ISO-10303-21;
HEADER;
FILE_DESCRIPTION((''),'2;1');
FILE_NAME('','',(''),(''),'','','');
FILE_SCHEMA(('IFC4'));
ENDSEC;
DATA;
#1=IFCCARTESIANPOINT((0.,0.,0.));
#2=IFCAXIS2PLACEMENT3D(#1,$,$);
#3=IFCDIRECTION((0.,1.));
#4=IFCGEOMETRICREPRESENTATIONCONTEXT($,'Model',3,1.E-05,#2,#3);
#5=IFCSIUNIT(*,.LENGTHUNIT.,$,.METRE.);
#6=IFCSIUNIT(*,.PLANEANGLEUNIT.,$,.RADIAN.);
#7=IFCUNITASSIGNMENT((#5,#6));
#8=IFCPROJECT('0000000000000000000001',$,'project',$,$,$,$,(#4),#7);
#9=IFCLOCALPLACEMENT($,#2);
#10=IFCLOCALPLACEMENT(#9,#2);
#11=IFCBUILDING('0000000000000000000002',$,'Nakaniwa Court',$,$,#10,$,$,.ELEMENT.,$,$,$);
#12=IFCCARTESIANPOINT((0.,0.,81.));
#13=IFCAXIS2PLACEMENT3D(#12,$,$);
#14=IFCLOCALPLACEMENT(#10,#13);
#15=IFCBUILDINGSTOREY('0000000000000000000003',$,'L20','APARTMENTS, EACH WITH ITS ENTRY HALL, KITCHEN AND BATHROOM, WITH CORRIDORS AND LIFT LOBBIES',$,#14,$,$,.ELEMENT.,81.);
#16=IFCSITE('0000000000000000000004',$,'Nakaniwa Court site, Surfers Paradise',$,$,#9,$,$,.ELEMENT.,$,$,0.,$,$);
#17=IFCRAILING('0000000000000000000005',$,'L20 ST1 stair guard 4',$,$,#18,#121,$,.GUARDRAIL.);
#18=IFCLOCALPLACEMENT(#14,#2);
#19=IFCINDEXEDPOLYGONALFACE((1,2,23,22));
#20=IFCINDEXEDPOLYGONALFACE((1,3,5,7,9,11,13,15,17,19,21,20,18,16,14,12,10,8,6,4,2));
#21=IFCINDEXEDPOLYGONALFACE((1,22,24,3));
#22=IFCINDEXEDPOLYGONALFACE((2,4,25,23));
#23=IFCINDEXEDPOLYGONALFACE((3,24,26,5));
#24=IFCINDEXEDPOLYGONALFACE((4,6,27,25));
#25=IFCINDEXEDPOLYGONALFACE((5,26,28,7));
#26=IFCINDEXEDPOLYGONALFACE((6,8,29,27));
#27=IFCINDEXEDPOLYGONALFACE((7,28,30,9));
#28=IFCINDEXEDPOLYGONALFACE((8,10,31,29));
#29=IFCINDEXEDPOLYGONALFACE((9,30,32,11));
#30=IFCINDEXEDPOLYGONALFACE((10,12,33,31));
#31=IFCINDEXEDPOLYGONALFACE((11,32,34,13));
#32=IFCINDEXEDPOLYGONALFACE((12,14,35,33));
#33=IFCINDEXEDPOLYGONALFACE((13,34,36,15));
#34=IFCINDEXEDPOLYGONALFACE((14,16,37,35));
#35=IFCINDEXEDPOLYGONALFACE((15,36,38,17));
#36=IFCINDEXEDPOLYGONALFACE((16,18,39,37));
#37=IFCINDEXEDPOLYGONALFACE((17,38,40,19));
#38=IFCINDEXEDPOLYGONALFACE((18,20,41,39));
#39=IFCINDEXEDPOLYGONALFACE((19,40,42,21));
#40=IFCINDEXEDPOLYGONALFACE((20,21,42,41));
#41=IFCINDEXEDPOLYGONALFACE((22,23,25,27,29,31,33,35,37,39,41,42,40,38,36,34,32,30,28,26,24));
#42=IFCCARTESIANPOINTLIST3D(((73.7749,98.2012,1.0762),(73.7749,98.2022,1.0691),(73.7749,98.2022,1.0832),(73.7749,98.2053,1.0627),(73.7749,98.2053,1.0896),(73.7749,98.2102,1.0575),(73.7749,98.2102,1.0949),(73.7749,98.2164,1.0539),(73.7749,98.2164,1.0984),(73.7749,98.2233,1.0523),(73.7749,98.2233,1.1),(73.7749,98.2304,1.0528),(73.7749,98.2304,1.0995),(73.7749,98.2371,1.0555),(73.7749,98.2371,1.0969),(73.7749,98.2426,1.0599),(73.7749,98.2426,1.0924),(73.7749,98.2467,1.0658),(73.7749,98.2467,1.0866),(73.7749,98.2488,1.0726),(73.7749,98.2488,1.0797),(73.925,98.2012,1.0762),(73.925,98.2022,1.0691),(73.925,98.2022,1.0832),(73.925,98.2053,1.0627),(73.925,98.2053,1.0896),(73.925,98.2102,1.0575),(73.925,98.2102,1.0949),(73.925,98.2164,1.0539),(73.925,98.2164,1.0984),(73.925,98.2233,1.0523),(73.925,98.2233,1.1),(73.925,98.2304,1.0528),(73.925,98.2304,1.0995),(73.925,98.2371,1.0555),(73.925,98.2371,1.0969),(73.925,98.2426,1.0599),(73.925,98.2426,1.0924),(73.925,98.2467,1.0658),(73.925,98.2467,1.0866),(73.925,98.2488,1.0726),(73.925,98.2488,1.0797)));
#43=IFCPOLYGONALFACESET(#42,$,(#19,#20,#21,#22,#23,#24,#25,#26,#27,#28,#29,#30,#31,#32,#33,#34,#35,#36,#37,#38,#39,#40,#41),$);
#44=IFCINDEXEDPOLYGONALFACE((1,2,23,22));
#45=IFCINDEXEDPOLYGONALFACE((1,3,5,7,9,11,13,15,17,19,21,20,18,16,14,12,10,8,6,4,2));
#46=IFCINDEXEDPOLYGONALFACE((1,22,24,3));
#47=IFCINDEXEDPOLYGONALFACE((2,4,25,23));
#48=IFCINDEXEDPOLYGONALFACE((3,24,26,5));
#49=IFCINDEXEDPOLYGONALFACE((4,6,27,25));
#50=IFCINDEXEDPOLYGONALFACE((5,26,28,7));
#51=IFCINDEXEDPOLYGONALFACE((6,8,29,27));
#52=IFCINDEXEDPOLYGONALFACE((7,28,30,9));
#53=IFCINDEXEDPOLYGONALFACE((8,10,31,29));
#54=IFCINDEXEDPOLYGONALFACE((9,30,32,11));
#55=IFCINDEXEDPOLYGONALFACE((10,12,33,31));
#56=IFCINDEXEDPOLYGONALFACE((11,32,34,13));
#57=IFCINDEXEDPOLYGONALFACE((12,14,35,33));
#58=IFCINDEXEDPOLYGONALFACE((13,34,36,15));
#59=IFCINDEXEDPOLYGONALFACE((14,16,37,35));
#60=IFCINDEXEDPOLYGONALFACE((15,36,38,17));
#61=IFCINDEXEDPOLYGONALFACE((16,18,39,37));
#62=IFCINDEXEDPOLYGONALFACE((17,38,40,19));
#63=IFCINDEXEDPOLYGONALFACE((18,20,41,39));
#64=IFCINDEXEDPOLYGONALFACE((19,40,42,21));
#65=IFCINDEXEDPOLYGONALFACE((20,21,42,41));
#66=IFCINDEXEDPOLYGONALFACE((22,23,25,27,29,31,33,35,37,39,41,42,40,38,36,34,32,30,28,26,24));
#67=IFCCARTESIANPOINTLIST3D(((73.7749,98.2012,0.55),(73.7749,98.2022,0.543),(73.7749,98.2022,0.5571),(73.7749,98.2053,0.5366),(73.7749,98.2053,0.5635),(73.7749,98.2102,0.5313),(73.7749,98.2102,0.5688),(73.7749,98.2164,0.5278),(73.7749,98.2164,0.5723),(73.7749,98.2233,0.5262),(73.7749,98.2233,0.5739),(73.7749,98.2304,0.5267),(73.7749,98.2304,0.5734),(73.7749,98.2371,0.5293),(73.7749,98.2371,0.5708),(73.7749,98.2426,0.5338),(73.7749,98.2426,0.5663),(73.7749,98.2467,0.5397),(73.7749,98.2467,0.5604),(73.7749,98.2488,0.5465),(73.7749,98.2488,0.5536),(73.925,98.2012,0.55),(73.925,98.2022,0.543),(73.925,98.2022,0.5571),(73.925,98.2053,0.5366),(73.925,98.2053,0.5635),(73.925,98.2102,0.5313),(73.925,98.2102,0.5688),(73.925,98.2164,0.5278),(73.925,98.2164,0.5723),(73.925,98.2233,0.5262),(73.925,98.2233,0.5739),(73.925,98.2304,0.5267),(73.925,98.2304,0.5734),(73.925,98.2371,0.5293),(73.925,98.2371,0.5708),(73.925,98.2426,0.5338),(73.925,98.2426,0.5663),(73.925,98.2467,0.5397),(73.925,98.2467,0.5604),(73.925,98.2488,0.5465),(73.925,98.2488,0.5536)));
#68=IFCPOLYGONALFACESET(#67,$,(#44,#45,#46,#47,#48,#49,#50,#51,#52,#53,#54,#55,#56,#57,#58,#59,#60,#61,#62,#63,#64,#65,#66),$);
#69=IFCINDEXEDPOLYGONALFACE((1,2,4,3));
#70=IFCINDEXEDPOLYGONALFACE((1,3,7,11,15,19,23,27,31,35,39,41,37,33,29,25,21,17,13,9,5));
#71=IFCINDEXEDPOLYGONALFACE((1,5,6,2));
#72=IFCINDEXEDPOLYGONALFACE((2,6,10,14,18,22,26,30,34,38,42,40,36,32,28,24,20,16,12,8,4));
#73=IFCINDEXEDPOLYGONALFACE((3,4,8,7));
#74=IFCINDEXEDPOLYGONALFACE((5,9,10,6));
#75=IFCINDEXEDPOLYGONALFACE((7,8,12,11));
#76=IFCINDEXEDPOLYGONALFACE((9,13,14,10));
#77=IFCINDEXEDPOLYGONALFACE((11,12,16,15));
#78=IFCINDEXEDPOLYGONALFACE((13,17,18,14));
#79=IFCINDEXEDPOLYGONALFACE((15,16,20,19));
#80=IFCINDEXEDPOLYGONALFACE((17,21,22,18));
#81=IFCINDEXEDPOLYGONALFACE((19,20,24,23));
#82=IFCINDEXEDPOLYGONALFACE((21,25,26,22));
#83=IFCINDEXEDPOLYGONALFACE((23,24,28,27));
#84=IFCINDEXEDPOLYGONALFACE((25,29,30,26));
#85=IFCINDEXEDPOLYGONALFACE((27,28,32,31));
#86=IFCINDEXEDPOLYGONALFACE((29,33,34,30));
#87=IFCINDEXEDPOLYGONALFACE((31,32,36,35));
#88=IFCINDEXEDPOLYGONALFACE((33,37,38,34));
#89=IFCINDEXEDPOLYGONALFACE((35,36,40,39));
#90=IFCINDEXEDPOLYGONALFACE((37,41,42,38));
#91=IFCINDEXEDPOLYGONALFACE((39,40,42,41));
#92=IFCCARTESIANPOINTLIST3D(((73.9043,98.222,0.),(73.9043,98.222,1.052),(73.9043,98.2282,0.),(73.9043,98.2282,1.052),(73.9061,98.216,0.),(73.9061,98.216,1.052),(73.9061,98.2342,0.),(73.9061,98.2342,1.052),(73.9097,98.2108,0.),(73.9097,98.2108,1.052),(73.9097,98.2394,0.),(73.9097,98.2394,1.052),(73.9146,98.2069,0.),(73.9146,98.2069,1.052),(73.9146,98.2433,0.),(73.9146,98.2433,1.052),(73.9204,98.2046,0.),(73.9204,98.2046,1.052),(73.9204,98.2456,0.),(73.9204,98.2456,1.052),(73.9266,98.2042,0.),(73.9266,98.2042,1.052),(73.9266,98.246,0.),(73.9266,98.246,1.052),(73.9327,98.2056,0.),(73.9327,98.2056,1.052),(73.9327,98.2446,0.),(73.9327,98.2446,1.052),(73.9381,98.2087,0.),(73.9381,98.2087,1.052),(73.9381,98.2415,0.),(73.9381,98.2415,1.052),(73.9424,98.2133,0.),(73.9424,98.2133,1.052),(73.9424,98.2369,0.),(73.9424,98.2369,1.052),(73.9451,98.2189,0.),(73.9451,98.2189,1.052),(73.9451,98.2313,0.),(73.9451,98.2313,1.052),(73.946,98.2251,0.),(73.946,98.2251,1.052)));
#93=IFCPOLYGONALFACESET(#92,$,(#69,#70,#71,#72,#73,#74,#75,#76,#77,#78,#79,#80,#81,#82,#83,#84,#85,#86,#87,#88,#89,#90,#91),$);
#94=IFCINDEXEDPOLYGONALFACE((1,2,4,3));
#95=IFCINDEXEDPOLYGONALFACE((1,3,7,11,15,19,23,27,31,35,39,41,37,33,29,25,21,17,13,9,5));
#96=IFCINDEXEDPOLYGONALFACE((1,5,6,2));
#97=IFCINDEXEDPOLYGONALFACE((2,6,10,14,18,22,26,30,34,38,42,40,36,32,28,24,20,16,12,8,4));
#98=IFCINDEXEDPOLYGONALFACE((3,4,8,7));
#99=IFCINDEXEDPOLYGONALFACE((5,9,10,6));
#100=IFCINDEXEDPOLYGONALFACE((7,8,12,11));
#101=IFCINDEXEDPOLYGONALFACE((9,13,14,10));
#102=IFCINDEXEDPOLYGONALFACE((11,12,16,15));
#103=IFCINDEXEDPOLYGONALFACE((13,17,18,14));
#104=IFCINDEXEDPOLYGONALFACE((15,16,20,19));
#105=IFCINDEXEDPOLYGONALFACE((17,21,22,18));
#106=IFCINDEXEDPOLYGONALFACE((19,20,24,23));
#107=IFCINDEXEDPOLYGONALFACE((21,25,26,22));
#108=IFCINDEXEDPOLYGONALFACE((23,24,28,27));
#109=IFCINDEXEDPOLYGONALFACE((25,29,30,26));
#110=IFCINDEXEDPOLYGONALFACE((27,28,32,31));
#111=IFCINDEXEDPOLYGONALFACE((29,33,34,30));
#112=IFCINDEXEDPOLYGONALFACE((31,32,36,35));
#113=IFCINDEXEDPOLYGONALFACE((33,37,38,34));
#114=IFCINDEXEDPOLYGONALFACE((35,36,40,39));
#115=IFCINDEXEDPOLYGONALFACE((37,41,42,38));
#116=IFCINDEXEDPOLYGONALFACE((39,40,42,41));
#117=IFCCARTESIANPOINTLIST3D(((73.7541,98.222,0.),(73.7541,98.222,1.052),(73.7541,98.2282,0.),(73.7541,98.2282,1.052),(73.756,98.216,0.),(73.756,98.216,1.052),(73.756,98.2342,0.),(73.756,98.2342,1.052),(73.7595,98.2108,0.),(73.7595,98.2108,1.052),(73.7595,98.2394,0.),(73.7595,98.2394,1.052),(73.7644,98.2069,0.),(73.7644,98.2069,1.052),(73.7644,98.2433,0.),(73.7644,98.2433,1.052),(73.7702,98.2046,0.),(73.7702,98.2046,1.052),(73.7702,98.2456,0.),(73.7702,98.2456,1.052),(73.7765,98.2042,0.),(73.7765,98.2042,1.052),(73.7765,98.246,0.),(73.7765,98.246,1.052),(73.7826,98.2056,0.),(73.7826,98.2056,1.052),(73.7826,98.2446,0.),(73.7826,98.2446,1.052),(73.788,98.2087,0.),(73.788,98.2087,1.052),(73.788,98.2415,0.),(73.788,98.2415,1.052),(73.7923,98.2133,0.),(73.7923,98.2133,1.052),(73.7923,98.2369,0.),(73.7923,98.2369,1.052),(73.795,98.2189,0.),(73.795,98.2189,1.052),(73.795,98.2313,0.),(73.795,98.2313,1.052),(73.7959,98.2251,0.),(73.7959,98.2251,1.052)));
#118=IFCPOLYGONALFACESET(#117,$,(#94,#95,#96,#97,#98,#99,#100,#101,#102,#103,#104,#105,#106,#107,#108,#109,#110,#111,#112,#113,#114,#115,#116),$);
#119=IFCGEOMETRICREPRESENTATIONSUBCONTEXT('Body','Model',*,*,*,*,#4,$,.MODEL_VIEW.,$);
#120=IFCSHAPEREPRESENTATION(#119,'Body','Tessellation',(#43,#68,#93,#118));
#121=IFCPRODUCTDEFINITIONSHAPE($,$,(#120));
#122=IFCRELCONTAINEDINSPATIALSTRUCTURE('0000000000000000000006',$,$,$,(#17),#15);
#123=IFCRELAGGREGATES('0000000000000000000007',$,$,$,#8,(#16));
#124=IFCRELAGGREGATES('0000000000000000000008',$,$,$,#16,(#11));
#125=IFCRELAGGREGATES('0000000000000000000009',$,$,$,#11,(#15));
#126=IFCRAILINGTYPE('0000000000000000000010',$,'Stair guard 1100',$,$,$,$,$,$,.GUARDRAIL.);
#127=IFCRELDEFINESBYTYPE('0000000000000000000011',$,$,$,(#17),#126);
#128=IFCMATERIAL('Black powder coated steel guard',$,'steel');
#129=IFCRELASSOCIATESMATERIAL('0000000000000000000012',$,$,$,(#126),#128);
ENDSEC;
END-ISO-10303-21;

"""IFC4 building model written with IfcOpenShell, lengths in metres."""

from ifc_helpers import new_model, si_unit, direction, frame, origin, origin_2d, place, context, subcontext, project, spatial, circle, extrude, material, type_object, element, save


model = new_model("IFC4")

# Units and contexts
model_context = context("Model", 3, precision=1e-05, world=origin(), true_north=direction((0.0, 1.0)))
body_context = subcontext(model_context, "Body", "Model", "MODEL_VIEW")
ifc_project = project(units=[si_unit("LENGTHUNIT", "METRE"), si_unit("PLANEANGLEUNIT", "RADIAN")], contexts=[model_context])

# Site, building, storey
site_placement = place(None, origin())
site = spatial("IfcSite", under=ifc_project, at=site_placement, Name="Nakaniwa Court site, Surfers Paradise", CompositionType="ELEMENT", RefElevation=0.0)
building_placement = place(site_placement, origin())
building = spatial("IfcBuilding", under=site, at=building_placement, Name="Nakaniwa Court", CompositionType="ELEMENT")
storey_placement = place(building_placement, frame((0.0, 0.0, 81.0)))
storey = spatial("IfcBuildingStorey", under=building, at=storey_placement, Name="L20", Description="APARTMENTS, EACH WITH ITS ENTRY HALL, KITCHEN AND BATHROOM, WITH CORRIDORS AND LIFT LOBBIES", CompositionType="ELEMENT", Elevation=81.0)

# Railing
ifc_material_1 = material(Name="Black powder coated steel guard", Category="steel")
railing_type_1 = type_object("IfcRailingType", Name="Stair guard 1100", PredefinedType="GUARDRAIL", material=ifc_material_1)
railing_1_placement = place(storey_placement, frame((73.925, 98.2251, 0.0)))
element("IfcRailing", 1, at=railing_1_placement, inside=storey, type_object=railing_type_1, Name="L20 ST1 stair guard 4", PredefinedType="GUARDRAIL", context=body_context, shape_type="SweptSolid", body=[
    extrude(circle(Radius=0.0239, at=origin_2d()), frame((0.0, 0.0, 1.0762), z_axis=(-1.0, 0.0, 0.0), x_axis=(0.0, -1.0, 0.0)), (0.0, 0.0, 1.0), 0.1501),
    extrude(circle(Radius=0.0239, at=origin_2d()), frame((0.0, 0.0, 0.55), z_axis=(-1.0, 0.0, 0.0), x_axis=(0.0, -1.0, 0.0)), (0.0, 0.0, 1.0), 0.1501),
    extrude(circle(Radius=0.021, at=origin_2d()), origin(), (0.0, 0.0, 1.0), 1.052),
    extrude(circle(Radius=0.021, at=origin_2d()), frame((-0.1501, 0.0, 0.0)), (0.0, 0.0, 1.0), 1.052),
])

save(model, "model.ifc")
